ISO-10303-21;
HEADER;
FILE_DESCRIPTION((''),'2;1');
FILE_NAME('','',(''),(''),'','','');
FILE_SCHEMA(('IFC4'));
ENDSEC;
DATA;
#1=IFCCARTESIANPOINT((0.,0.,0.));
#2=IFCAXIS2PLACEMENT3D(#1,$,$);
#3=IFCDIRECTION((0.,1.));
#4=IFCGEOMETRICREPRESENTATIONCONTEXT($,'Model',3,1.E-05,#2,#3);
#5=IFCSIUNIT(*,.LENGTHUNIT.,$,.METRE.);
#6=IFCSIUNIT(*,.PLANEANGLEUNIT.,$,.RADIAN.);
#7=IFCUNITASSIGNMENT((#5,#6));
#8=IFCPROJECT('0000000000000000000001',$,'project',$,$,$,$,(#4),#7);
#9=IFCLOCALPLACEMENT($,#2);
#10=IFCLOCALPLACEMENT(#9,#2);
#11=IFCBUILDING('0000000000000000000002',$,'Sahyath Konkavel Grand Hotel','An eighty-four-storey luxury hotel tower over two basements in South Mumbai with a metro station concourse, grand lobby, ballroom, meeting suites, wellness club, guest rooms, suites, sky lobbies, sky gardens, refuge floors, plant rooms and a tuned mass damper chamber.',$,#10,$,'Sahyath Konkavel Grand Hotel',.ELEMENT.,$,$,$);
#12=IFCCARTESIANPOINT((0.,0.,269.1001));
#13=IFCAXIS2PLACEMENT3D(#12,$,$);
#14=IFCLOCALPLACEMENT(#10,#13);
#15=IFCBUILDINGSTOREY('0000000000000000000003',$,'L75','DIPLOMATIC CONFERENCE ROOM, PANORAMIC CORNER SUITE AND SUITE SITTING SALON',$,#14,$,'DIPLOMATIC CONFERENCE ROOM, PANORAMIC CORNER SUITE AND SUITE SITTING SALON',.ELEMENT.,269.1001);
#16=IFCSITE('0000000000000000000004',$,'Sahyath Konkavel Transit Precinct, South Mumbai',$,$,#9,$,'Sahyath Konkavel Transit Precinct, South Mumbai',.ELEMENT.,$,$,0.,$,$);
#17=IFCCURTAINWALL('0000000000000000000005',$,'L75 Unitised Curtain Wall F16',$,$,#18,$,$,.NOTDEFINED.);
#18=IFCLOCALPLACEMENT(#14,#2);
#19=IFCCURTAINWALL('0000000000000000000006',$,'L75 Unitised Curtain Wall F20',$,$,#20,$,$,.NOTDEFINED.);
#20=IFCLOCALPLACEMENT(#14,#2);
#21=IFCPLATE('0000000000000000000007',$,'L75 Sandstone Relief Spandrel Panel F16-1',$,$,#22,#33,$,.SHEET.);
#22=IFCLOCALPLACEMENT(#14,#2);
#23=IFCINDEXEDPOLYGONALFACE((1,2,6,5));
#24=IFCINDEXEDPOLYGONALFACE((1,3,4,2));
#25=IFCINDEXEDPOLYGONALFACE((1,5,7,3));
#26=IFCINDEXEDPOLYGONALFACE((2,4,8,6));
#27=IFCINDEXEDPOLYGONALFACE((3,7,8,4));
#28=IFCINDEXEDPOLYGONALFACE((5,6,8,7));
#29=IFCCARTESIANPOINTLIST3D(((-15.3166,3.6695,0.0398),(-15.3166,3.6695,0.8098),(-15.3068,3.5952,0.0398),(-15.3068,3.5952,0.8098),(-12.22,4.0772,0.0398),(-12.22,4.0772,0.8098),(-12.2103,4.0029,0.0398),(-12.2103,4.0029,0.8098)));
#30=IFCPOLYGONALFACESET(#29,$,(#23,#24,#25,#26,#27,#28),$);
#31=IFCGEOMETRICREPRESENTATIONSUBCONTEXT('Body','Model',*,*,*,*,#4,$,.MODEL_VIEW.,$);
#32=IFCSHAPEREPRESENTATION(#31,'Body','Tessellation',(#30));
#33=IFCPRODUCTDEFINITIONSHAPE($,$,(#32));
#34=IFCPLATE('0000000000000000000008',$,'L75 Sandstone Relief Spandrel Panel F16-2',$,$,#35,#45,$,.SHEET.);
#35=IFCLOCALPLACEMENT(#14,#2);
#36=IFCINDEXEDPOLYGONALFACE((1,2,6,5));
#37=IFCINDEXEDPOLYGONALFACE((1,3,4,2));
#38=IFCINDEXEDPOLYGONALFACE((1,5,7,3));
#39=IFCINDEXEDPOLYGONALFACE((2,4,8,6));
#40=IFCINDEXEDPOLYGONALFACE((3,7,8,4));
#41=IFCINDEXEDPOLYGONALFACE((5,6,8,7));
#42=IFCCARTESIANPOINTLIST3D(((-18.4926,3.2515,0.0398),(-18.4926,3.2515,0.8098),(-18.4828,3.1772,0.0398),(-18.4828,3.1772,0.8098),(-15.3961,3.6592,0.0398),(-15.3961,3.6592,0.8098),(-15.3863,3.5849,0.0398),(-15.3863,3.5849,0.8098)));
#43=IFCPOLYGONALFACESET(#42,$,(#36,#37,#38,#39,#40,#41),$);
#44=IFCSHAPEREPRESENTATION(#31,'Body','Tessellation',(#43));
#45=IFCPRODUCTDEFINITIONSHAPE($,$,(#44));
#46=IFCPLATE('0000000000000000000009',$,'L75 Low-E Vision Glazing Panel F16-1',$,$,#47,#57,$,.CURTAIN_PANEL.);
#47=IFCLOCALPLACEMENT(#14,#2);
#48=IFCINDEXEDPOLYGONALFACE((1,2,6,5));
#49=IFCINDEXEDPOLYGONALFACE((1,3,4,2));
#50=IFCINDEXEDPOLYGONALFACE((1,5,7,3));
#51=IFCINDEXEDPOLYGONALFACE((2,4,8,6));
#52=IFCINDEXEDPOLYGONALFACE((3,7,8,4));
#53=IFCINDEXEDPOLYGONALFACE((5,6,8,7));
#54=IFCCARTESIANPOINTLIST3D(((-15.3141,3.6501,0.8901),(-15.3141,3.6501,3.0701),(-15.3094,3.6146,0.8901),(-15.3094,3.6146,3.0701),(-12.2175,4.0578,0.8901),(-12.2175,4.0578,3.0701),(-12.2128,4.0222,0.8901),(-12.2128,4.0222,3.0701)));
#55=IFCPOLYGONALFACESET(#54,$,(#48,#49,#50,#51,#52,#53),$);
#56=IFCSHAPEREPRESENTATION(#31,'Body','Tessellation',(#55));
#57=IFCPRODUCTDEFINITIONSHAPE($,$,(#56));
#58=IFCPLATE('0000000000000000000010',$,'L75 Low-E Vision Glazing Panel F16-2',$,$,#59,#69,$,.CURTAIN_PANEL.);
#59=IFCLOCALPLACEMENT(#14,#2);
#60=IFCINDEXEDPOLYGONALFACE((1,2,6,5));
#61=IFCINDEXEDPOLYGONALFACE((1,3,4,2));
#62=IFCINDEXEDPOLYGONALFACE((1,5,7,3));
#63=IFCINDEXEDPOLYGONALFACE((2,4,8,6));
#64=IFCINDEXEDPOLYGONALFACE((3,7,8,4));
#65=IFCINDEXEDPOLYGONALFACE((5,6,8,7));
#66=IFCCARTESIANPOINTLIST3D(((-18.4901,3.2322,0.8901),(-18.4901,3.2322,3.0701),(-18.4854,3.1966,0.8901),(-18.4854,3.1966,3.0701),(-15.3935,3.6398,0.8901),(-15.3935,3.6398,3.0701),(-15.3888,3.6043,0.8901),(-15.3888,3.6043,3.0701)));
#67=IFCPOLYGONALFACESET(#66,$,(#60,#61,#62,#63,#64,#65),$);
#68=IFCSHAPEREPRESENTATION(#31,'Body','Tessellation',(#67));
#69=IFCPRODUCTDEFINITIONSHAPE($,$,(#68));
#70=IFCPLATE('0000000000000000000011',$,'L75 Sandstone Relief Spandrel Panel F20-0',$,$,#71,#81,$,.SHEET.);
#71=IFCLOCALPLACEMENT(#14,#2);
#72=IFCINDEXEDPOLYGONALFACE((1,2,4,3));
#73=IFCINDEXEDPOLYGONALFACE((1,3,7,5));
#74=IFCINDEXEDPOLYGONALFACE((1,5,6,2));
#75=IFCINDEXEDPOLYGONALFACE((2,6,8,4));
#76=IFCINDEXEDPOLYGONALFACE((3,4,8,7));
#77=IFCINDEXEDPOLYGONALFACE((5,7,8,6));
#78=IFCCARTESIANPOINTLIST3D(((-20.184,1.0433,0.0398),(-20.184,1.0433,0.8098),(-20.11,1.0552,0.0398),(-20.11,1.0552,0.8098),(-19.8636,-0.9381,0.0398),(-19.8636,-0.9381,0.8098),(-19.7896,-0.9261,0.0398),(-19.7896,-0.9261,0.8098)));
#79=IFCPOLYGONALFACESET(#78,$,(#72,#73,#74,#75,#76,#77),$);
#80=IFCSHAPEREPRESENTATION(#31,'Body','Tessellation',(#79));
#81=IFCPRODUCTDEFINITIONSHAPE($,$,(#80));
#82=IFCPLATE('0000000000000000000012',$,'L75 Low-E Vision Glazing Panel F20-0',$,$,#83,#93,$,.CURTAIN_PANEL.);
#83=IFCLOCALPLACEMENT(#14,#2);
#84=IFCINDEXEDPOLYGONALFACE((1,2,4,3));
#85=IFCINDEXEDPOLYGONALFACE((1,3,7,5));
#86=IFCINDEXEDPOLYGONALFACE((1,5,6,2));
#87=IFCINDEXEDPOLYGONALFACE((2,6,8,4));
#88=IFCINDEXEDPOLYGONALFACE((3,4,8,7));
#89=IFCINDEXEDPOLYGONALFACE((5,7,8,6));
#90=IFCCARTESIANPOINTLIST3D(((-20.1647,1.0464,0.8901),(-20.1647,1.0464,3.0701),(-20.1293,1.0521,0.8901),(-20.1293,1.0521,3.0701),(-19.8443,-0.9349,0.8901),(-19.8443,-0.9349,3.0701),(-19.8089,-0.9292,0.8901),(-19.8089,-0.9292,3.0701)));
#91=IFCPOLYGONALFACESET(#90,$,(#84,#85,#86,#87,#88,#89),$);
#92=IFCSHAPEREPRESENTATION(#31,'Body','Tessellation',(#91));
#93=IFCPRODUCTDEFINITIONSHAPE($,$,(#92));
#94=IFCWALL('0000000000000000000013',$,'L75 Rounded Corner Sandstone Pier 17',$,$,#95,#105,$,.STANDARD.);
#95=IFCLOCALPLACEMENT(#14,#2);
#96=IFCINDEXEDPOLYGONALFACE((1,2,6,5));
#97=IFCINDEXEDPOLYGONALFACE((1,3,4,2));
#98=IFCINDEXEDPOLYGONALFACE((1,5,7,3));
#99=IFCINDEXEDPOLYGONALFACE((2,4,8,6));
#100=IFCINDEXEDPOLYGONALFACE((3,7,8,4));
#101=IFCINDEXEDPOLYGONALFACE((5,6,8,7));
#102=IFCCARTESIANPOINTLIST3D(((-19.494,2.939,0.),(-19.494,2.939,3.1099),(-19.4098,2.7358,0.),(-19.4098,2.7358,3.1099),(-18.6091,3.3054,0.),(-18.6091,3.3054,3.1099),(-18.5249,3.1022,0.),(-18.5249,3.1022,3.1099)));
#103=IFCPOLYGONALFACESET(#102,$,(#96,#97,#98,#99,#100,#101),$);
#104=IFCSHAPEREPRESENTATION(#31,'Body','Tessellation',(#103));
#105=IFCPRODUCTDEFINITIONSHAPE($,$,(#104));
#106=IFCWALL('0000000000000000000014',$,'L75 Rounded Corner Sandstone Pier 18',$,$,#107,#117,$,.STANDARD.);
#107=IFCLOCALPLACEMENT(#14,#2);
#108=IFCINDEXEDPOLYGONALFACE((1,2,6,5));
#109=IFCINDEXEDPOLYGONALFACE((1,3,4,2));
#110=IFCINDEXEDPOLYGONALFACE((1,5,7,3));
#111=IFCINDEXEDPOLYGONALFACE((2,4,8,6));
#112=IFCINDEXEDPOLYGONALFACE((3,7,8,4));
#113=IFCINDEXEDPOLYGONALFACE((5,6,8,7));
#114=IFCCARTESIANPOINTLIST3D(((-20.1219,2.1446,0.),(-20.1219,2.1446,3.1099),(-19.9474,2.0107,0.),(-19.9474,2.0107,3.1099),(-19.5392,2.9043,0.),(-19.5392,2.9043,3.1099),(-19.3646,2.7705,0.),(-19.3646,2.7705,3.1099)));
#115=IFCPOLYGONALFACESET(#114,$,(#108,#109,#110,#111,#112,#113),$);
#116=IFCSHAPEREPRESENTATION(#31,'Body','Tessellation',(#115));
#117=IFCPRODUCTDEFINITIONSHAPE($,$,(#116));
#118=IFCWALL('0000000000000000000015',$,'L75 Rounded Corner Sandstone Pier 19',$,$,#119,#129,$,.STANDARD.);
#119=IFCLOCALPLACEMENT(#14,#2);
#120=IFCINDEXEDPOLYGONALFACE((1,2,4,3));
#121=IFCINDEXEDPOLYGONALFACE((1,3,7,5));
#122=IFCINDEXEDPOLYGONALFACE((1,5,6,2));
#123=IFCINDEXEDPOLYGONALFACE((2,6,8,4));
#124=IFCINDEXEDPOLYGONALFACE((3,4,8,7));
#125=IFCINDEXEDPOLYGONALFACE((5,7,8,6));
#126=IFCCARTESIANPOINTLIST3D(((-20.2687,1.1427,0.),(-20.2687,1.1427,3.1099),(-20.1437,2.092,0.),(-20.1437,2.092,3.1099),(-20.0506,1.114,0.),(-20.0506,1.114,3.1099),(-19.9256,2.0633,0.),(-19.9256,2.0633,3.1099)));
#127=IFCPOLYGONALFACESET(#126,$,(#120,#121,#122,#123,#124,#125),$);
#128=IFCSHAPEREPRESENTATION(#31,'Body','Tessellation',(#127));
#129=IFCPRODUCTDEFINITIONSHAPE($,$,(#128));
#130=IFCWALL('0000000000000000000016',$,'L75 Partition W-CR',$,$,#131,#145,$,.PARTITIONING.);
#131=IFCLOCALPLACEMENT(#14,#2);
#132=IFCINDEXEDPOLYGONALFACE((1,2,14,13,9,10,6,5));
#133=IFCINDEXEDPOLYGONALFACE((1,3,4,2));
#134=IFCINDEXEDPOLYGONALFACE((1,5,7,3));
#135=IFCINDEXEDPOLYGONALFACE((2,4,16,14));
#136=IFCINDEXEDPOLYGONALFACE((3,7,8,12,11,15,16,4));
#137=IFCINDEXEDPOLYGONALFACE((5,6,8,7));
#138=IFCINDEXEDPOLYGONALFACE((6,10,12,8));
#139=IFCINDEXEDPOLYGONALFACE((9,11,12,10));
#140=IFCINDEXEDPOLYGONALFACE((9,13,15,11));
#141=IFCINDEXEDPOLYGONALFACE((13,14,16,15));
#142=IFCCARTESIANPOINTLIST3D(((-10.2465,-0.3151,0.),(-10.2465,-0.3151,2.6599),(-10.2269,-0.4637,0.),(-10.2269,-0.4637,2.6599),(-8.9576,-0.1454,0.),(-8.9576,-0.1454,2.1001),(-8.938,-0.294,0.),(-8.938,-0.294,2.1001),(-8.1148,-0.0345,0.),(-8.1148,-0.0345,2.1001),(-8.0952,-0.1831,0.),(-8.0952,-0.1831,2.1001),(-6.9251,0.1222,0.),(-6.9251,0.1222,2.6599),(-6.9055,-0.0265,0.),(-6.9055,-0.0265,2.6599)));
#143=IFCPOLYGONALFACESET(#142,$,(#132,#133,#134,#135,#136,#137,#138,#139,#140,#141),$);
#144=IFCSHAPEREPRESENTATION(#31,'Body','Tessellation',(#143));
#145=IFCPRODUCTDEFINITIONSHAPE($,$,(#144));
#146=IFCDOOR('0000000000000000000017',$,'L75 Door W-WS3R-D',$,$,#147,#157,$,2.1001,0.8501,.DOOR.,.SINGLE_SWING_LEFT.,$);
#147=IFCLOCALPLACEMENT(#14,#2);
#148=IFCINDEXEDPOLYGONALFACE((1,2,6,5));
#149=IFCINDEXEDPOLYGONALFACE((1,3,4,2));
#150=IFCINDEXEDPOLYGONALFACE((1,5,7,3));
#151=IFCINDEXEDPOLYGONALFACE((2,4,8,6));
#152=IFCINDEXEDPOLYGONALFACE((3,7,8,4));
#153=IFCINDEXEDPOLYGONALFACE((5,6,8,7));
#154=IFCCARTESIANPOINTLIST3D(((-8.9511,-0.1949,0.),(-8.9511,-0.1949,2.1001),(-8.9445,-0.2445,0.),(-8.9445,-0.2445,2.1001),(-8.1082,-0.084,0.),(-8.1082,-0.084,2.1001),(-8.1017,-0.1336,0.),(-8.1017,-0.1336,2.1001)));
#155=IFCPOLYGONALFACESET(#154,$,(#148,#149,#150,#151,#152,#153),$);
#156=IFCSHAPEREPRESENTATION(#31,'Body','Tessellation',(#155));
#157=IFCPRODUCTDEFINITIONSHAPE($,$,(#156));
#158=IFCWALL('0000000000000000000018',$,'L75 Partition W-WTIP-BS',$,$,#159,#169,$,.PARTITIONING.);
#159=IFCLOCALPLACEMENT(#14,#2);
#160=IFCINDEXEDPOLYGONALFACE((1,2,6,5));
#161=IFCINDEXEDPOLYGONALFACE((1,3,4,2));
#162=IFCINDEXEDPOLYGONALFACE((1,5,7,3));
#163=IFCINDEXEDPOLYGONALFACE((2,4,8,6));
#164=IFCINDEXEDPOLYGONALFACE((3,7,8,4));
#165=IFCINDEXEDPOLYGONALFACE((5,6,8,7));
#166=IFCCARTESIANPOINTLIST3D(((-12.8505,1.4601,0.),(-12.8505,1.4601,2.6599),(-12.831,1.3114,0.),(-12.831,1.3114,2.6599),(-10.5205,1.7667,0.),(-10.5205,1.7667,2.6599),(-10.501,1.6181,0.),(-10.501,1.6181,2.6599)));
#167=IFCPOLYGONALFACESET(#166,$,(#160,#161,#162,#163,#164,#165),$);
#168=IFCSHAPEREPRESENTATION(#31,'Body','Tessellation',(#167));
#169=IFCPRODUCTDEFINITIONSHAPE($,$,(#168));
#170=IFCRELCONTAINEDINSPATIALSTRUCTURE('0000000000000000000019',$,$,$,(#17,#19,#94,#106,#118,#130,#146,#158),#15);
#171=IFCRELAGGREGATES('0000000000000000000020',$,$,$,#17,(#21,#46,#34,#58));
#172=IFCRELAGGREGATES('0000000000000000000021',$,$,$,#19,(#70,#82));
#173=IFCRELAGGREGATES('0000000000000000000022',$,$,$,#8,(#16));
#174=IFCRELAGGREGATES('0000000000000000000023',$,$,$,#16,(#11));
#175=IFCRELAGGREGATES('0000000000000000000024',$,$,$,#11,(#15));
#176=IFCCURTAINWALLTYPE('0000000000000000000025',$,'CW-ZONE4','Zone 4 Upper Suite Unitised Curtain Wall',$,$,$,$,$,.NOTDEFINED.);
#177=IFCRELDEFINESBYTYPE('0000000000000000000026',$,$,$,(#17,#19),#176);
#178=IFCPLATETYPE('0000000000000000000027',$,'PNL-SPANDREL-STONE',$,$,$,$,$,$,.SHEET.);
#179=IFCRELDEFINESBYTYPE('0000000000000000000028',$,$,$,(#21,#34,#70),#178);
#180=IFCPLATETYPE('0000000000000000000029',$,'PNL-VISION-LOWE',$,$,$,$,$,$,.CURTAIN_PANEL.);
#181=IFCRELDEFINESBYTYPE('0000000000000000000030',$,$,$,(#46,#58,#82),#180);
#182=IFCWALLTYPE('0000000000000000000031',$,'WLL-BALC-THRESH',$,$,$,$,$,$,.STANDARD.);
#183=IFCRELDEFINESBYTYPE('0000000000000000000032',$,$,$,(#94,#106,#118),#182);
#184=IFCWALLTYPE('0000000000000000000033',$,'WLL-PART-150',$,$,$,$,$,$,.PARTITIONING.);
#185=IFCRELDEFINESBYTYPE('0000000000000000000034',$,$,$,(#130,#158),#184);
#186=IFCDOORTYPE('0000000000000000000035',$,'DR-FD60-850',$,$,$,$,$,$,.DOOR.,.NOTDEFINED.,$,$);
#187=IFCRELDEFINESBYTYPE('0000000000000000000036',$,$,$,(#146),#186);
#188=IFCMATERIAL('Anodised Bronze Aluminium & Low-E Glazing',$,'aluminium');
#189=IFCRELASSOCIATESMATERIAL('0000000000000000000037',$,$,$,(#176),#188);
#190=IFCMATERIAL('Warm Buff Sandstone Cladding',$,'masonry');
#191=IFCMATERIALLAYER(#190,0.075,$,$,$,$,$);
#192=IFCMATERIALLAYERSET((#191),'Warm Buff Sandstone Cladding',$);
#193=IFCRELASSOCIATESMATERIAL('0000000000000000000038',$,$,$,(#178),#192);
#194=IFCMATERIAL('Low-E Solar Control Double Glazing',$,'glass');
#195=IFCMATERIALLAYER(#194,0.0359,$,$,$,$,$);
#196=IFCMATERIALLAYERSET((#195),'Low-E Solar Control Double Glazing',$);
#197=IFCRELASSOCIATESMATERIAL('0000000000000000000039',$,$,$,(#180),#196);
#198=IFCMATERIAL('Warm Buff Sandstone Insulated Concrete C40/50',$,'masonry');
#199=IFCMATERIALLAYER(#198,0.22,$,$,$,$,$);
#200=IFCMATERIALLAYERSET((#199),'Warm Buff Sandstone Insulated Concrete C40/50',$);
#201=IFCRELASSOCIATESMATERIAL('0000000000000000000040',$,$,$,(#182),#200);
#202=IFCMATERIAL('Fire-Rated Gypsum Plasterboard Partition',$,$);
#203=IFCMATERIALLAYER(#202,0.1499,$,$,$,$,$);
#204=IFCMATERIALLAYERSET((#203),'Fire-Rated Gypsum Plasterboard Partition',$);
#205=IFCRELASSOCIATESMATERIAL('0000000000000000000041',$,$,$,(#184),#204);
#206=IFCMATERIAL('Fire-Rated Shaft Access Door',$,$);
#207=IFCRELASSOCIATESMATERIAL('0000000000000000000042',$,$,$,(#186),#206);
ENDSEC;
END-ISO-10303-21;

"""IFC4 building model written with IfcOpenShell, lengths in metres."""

from ifc_helpers import new_model, si_unit, direction, frame, frame_2d, origin, origin_2d, place, context, subcontext, project, spatial, rectangle, extrude, source, transform, mapped, material, layer, layer_set, type_object, element, fill, aggregate, save


model = new_model("IFC4")

# Units and contexts
model_context = context("Model", 3, precision=1e-05, world=origin(), true_north=direction((0.0, 1.0)))
body_context = subcontext(model_context, "Body", "Model", "MODEL_VIEW")
ifc_project = project(units=[si_unit("LENGTHUNIT", "METRE"), si_unit("PLANEANGLEUNIT", "RADIAN")], contexts=[model_context])

# Site, building, storey
site_placement = place(None, origin())
site = spatial("IfcSite", under=ifc_project, at=site_placement, Name="Sahyath Konkavel Transit Precinct, South Mumbai", LongName="Sahyath Konkavel Transit Precinct, South Mumbai", CompositionType="ELEMENT", RefElevation=0.0)
building_placement = place(site_placement, origin())
building = spatial("IfcBuilding", under=site, at=building_placement, Name="Sahyath Konkavel Grand Hotel", Description="An eighty-four-storey luxury hotel tower over two basements in South Mumbai with a metro station concourse, grand lobby, ballroom, meeting suites, wellness club, guest rooms, suites, sky lobbies, sky gardens, refuge floors, plant rooms and a tuned mass damper chamber.", LongName="Sahyath Konkavel Grand Hotel", CompositionType="ELEMENT")
storey_placement = place(building_placement, frame((0.0, 0.0, 269.1001)))
storey = spatial("IfcBuildingStorey", under=building, at=storey_placement, Name="L75", Description="DIPLOMATIC CONFERENCE ROOM, PANORAMIC CORNER SUITE AND SUITE SITTING SALON", LongName="DIPLOMATIC CONFERENCE ROOM, PANORAMIC CORNER SUITE AND SUITE SITTING SALON", CompositionType="ELEMENT", Elevation=269.1001)

# Curtain wall
ifc_material_1 = material(Name="Anodised Bronze Aluminium & Low-E Glazing", Category="aluminium")
curtain_wall_type = type_object("IfcCurtainWallType", Name="CW-ZONE4", Description="Zone 4 Upper Suite Unitised Curtain Wall", PredefinedType="NOTDEFINED", material=ifc_material_1)
curtain_wall_1_placement = place(storey_placement, origin())
curtain_wall_1 = element("IfcCurtainWall", 1, at=curtain_wall_1_placement, inside=storey, type_object=curtain_wall_type, Name="L75 Unitised Curtain Wall F16", PredefinedType="NOTDEFINED")

# Curtain wall
curtain_wall_2_placement = place(storey_placement, origin())
curtain_wall_2 = element("IfcCurtainWall", 2, at=curtain_wall_2_placement, inside=storey, type_object=curtain_wall_type, Name="L75 Unitised Curtain Wall F20", PredefinedType="NOTDEFINED")

# Plates
ifc_material_2 = material(Name="Warm Buff Sandstone Cladding", Category="masonry")
ifc_layer_1 = layer(ifc_material_2, 0.075)
ifc_layer_set_1 = layer_set([ifc_layer_1], Name="Warm Buff Sandstone Cladding")
plate_type_1 = type_object("IfcPlateType", Name="PNL-SPANDREL-STONE", PredefinedType="SHEET", material=ifc_layer_set_1)
shared_shape_1 = source(origin(), body_context, "Body", "SweptSolid", [
    extrude(rectangle(XDim=3.1233, YDim=0.075, at=origin_2d()), origin(), (0.0, 0.0, 1.0), 0.77),
])
plate_1_placement = place(storey_placement, frame((-13.7634, 3.8362, 0.0398), z_axis=(0.0, 0.0, 1.0), x_axis=(-0.991445, -0.130526, 0.0)))
plate_1 = element("IfcPlate", 3, at=plate_1_placement, type_object=plate_type_1, Name="L75 Sandstone Relief Spandrel Panel F16-1", PredefinedType="SHEET", context=body_context, shape_type="MappedRepresentation", body=[
    mapped(shared_shape_1, transform((0.0, 0.0, 0.0), scale=1.0)),
])
plate_2_placement = place(storey_placement, frame((-16.9395, 3.4182, 0.0398), z_axis=(0.0, 0.0, 1.0), x_axis=(-0.991445, -0.130526, 0.0)))
plate_2 = element("IfcPlate", 4, at=plate_2_placement, type_object=plate_type_1, Name="L75 Sandstone Relief Spandrel Panel F16-2", PredefinedType="SHEET", context=body_context, shape_type="MappedRepresentation", body=[
    mapped(shared_shape_1, transform((0.0, 0.0, 0.0), scale=1.0)),
])
ifc_material_3 = material(Name="Low-E Solar Control Double Glazing", Category="glass")
ifc_layer_2 = layer(ifc_material_3, 0.0359)
ifc_layer_set_2 = layer_set([ifc_layer_2], Name="Low-E Solar Control Double Glazing")
plate_type_2 = type_object("IfcPlateType", Name="PNL-VISION-LOWE", PredefinedType="CURTAIN_PANEL", material=ifc_layer_set_2)
shared_shape_2 = source(origin(), body_context, "Body", "SweptSolid", [
    extrude(rectangle(XDim=3.1233, YDim=0.0359, at=origin_2d()), origin(), (0.0, 0.0, 1.0), 2.1799),
])
plate_3_placement = place(storey_placement, frame((-13.7634, 3.8362, 0.8901), z_axis=(0.0, 0.0, 1.0), x_axis=(-0.991445, -0.130526, 0.0)))
plate_3 = element("IfcPlate", 5, at=plate_3_placement, type_object=plate_type_2, Name="L75 Low-E Vision Glazing Panel F16-1", PredefinedType="CURTAIN_PANEL", context=body_context, shape_type="MappedRepresentation", body=[
    mapped(shared_shape_2, transform((0.0, 0.0, 0.0), scale=1.0)),
])
plate_4_placement = place(storey_placement, frame((-16.9395, 3.4182, 0.8901), z_axis=(0.0, 0.0, 1.0), x_axis=(-0.991445, -0.130526, 0.0)))
plate_4 = element("IfcPlate", 6, at=plate_4_placement, type_object=plate_type_2, Name="L75 Low-E Vision Glazing Panel F16-2", PredefinedType="CURTAIN_PANEL", context=body_context, shape_type="MappedRepresentation", body=[
    mapped(shared_shape_2, transform((0.0, 0.0, 0.0), scale=1.0)),
])
aggregate(curtain_wall_1, [plate_1, plate_3, plate_2, plate_4])
shared_shape_3 = source(origin(), body_context, "Body", "SweptSolid", [
    extrude(rectangle(XDim=2.0071, YDim=0.075, at=origin_2d()), origin(), (0.0, 0.0, 1.0), 0.77),
])
plate_5_placement = place(storey_placement, frame((-19.9868, 0.0586, 0.0398), z_axis=(0.0, 0.0, 1.0), x_axis=(0.159623, -0.987178, 0.0)))
plate_5 = element("IfcPlate", 7, at=plate_5_placement, type_object=plate_type_1, Name="L75 Sandstone Relief Spandrel Panel F20-0", PredefinedType="SHEET", context=body_context, shape_type="MappedRepresentation", body=[
    mapped(shared_shape_3, transform((0.0, 0.0, 0.0), scale=1.0)),
])
shared_shape_4 = source(origin(), body_context, "Body", "SweptSolid", [
    extrude(rectangle(XDim=2.0071, YDim=0.0359, at=origin_2d()), origin(), (0.0, 0.0, 1.0), 2.1799),
])
plate_6_placement = place(storey_placement, frame((-19.9868, 0.0586, 0.8901), z_axis=(0.0, 0.0, 1.0), x_axis=(0.159623, -0.987178, 0.0)))
plate_6 = element("IfcPlate", 8, at=plate_6_placement, type_object=plate_type_2, Name="L75 Low-E Vision Glazing Panel F20-0", PredefinedType="CURTAIN_PANEL", context=body_context, shape_type="MappedRepresentation", body=[
    mapped(shared_shape_4, transform((0.0, 0.0, 0.0), scale=1.0)),
])
aggregate(curtain_wall_2, [plate_5, plate_6])

# Walls
ifc_material_4 = material(Name="Warm Buff Sandstone Insulated Concrete C40/50", Category="masonry")
ifc_layer_3 = layer(ifc_material_4, 0.22)
ifc_layer_set_3 = layer_set([ifc_layer_3], Name="Warm Buff Sandstone Insulated Concrete C40/50")
wall_type_1 = type_object("IfcWallType", Name="WLL-BALC-THRESH", PredefinedType="STANDARD", material=ifc_layer_set_3)
wall_1_placement = place(storey_placement, frame((-18.5669, 3.2039, 0.0), z_axis=(0.0, 0.0, 1.0), x_axis=(-0.923927, -0.382569, 0.0)))
element("IfcWall", 9, at=wall_1_placement, inside=storey, type_object=wall_type_1, Name="L75 Rounded Corner Sandstone Pier 17", PredefinedType="STANDARD", context=body_context, shape_type="SweptSolid", body=[
    extrude(rectangle(XDim=0.9578, YDim=0.22, at=frame_2d((0.479, 0.0))), origin(), (0.0, 0.0, 1.0), 3.1099),
])
for number, where, z_axis, x_axis, name in (
    (10, (-19.4519, 2.8374, 0.0), (0.0, 0.0, 1.0), (-0.608614, -0.793467, 0.0), "L75 Rounded Corner Sandstone Pier 18"),
    (11, (-20.0347, 2.0776, 0.0), (0.0, 0.0, 1.0), (-0.13056, -0.99144, 0.0), "L75 Rounded Corner Sandstone Pier 19"),
):
    element("IfcWall", number, at=place(storey_placement, frame(where, z_axis=z_axis, x_axis=x_axis)), inside=storey, type_object=wall_type_1, Name=name, PredefinedType="STANDARD", context=body_context, shape_type="SweptSolid", body=[
        extrude(rectangle(XDim=0.9575, YDim=0.22, at=frame_2d((0.4788, 0.0))), origin(), (0.0, 0.0, 1.0), 3.1099),
    ])

# Wall, opening, door
ifc_material_5 = material(Name="Fire-Rated Gypsum Plasterboard Partition")
ifc_layer_4 = layer(ifc_material_5, 0.1499)
ifc_layer_set_4 = layer_set([ifc_layer_4], Name="Fire-Rated Gypsum Plasterboard Partition")
wall_type_2 = type_object("IfcWallType", Name="WLL-PART-150", PredefinedType="PARTITIONING", material=ifc_layer_set_4)
wall_2_placement = place(storey_placement, frame((-6.9153, 0.0479, 0.0), z_axis=(0.0, 0.0, 1.0), x_axis=(-0.991446, -0.130517, 0.0)))
wall_2 = element("IfcWall", 12, at=wall_2_placement, inside=storey, type_object=wall_type_2, Name="L75 Partition W-CR", PredefinedType="PARTITIONING", context=body_context, shape_type="SweptSolid", body=[
    extrude(rectangle(XDim=3.3501, YDim=0.1499, at=frame_2d((1.675, 0.0))), origin(), (0.0, 0.0, 1.0), 2.6599),
])
opening_1_placement = place(wall_2_placement, frame((1.2, 0.0, 0.0)))
opening_1 = element("IfcOpeningElement", 13, at=opening_1_placement, cuts=wall_2, PredefinedType="OPENING", context=body_context, shape_type="SweptSolid", body=[
    extrude(rectangle(XDim=0.8501, YDim=2.1001, at=frame_2d((0.425, 1.05))), frame((0.0, 0.085, 0.0), z_axis=(0.0, -1.0, 0.0), x_axis=(1.0, 0.0, 0.0)), (0.0, 0.0, 1.0), 0.1699),
])
ifc_material_6 = material(Name="Fire-Rated Shaft Access Door")
door_type_1 = type_object("IfcDoorType", Name="DR-FD60-850", OperationType="NOTDEFINED", PredefinedType="DOOR", material=ifc_material_6)
shared_shape_5 = source(origin(), body_context, "Body", "SweptSolid", [
    extrude(rectangle(XDim=0.8501, YDim=0.05, at=origin_2d()), origin(), (0.0, 0.0, 1.0), 2.1001),
])
door_1_placement = place(opening_1_placement, frame((0.425, 0.0, 0.0)))
door_1 = element("IfcDoor", 14, at=door_1_placement, inside=storey, type_object=door_type_1, Name="L75 Door W-WS3R-D", OperationType="SINGLE_SWING_LEFT", OverallHeight=2.1001, OverallWidth=0.8501, PredefinedType="DOOR", context=body_context, shape_type="MappedRepresentation", body=[
    mapped(shared_shape_5, transform((0.0, 0.0, 0.0), scale=1.0)),
])
fill(opening_1, door_1)

# Wall
wall_3_placement = place(storey_placement, frame((-10.5107, 1.6924, 0.0), z_axis=(0.0, 0.0, 1.0), x_axis=(-0.991451, -0.130476, 0.0)))
element("IfcWall", 15, at=wall_3_placement, inside=storey, type_object=wall_type_2, Name="L75 Partition W-WTIP-BS", PredefinedType="PARTITIONING", context=body_context, shape_type="SweptSolid", body=[
    extrude(rectangle(XDim=2.3501, YDim=0.1499, at=frame_2d((1.175, 0.0))), origin(), (0.0, 0.0, 1.0), 2.6599),
])

save(model, "model.ifc")
